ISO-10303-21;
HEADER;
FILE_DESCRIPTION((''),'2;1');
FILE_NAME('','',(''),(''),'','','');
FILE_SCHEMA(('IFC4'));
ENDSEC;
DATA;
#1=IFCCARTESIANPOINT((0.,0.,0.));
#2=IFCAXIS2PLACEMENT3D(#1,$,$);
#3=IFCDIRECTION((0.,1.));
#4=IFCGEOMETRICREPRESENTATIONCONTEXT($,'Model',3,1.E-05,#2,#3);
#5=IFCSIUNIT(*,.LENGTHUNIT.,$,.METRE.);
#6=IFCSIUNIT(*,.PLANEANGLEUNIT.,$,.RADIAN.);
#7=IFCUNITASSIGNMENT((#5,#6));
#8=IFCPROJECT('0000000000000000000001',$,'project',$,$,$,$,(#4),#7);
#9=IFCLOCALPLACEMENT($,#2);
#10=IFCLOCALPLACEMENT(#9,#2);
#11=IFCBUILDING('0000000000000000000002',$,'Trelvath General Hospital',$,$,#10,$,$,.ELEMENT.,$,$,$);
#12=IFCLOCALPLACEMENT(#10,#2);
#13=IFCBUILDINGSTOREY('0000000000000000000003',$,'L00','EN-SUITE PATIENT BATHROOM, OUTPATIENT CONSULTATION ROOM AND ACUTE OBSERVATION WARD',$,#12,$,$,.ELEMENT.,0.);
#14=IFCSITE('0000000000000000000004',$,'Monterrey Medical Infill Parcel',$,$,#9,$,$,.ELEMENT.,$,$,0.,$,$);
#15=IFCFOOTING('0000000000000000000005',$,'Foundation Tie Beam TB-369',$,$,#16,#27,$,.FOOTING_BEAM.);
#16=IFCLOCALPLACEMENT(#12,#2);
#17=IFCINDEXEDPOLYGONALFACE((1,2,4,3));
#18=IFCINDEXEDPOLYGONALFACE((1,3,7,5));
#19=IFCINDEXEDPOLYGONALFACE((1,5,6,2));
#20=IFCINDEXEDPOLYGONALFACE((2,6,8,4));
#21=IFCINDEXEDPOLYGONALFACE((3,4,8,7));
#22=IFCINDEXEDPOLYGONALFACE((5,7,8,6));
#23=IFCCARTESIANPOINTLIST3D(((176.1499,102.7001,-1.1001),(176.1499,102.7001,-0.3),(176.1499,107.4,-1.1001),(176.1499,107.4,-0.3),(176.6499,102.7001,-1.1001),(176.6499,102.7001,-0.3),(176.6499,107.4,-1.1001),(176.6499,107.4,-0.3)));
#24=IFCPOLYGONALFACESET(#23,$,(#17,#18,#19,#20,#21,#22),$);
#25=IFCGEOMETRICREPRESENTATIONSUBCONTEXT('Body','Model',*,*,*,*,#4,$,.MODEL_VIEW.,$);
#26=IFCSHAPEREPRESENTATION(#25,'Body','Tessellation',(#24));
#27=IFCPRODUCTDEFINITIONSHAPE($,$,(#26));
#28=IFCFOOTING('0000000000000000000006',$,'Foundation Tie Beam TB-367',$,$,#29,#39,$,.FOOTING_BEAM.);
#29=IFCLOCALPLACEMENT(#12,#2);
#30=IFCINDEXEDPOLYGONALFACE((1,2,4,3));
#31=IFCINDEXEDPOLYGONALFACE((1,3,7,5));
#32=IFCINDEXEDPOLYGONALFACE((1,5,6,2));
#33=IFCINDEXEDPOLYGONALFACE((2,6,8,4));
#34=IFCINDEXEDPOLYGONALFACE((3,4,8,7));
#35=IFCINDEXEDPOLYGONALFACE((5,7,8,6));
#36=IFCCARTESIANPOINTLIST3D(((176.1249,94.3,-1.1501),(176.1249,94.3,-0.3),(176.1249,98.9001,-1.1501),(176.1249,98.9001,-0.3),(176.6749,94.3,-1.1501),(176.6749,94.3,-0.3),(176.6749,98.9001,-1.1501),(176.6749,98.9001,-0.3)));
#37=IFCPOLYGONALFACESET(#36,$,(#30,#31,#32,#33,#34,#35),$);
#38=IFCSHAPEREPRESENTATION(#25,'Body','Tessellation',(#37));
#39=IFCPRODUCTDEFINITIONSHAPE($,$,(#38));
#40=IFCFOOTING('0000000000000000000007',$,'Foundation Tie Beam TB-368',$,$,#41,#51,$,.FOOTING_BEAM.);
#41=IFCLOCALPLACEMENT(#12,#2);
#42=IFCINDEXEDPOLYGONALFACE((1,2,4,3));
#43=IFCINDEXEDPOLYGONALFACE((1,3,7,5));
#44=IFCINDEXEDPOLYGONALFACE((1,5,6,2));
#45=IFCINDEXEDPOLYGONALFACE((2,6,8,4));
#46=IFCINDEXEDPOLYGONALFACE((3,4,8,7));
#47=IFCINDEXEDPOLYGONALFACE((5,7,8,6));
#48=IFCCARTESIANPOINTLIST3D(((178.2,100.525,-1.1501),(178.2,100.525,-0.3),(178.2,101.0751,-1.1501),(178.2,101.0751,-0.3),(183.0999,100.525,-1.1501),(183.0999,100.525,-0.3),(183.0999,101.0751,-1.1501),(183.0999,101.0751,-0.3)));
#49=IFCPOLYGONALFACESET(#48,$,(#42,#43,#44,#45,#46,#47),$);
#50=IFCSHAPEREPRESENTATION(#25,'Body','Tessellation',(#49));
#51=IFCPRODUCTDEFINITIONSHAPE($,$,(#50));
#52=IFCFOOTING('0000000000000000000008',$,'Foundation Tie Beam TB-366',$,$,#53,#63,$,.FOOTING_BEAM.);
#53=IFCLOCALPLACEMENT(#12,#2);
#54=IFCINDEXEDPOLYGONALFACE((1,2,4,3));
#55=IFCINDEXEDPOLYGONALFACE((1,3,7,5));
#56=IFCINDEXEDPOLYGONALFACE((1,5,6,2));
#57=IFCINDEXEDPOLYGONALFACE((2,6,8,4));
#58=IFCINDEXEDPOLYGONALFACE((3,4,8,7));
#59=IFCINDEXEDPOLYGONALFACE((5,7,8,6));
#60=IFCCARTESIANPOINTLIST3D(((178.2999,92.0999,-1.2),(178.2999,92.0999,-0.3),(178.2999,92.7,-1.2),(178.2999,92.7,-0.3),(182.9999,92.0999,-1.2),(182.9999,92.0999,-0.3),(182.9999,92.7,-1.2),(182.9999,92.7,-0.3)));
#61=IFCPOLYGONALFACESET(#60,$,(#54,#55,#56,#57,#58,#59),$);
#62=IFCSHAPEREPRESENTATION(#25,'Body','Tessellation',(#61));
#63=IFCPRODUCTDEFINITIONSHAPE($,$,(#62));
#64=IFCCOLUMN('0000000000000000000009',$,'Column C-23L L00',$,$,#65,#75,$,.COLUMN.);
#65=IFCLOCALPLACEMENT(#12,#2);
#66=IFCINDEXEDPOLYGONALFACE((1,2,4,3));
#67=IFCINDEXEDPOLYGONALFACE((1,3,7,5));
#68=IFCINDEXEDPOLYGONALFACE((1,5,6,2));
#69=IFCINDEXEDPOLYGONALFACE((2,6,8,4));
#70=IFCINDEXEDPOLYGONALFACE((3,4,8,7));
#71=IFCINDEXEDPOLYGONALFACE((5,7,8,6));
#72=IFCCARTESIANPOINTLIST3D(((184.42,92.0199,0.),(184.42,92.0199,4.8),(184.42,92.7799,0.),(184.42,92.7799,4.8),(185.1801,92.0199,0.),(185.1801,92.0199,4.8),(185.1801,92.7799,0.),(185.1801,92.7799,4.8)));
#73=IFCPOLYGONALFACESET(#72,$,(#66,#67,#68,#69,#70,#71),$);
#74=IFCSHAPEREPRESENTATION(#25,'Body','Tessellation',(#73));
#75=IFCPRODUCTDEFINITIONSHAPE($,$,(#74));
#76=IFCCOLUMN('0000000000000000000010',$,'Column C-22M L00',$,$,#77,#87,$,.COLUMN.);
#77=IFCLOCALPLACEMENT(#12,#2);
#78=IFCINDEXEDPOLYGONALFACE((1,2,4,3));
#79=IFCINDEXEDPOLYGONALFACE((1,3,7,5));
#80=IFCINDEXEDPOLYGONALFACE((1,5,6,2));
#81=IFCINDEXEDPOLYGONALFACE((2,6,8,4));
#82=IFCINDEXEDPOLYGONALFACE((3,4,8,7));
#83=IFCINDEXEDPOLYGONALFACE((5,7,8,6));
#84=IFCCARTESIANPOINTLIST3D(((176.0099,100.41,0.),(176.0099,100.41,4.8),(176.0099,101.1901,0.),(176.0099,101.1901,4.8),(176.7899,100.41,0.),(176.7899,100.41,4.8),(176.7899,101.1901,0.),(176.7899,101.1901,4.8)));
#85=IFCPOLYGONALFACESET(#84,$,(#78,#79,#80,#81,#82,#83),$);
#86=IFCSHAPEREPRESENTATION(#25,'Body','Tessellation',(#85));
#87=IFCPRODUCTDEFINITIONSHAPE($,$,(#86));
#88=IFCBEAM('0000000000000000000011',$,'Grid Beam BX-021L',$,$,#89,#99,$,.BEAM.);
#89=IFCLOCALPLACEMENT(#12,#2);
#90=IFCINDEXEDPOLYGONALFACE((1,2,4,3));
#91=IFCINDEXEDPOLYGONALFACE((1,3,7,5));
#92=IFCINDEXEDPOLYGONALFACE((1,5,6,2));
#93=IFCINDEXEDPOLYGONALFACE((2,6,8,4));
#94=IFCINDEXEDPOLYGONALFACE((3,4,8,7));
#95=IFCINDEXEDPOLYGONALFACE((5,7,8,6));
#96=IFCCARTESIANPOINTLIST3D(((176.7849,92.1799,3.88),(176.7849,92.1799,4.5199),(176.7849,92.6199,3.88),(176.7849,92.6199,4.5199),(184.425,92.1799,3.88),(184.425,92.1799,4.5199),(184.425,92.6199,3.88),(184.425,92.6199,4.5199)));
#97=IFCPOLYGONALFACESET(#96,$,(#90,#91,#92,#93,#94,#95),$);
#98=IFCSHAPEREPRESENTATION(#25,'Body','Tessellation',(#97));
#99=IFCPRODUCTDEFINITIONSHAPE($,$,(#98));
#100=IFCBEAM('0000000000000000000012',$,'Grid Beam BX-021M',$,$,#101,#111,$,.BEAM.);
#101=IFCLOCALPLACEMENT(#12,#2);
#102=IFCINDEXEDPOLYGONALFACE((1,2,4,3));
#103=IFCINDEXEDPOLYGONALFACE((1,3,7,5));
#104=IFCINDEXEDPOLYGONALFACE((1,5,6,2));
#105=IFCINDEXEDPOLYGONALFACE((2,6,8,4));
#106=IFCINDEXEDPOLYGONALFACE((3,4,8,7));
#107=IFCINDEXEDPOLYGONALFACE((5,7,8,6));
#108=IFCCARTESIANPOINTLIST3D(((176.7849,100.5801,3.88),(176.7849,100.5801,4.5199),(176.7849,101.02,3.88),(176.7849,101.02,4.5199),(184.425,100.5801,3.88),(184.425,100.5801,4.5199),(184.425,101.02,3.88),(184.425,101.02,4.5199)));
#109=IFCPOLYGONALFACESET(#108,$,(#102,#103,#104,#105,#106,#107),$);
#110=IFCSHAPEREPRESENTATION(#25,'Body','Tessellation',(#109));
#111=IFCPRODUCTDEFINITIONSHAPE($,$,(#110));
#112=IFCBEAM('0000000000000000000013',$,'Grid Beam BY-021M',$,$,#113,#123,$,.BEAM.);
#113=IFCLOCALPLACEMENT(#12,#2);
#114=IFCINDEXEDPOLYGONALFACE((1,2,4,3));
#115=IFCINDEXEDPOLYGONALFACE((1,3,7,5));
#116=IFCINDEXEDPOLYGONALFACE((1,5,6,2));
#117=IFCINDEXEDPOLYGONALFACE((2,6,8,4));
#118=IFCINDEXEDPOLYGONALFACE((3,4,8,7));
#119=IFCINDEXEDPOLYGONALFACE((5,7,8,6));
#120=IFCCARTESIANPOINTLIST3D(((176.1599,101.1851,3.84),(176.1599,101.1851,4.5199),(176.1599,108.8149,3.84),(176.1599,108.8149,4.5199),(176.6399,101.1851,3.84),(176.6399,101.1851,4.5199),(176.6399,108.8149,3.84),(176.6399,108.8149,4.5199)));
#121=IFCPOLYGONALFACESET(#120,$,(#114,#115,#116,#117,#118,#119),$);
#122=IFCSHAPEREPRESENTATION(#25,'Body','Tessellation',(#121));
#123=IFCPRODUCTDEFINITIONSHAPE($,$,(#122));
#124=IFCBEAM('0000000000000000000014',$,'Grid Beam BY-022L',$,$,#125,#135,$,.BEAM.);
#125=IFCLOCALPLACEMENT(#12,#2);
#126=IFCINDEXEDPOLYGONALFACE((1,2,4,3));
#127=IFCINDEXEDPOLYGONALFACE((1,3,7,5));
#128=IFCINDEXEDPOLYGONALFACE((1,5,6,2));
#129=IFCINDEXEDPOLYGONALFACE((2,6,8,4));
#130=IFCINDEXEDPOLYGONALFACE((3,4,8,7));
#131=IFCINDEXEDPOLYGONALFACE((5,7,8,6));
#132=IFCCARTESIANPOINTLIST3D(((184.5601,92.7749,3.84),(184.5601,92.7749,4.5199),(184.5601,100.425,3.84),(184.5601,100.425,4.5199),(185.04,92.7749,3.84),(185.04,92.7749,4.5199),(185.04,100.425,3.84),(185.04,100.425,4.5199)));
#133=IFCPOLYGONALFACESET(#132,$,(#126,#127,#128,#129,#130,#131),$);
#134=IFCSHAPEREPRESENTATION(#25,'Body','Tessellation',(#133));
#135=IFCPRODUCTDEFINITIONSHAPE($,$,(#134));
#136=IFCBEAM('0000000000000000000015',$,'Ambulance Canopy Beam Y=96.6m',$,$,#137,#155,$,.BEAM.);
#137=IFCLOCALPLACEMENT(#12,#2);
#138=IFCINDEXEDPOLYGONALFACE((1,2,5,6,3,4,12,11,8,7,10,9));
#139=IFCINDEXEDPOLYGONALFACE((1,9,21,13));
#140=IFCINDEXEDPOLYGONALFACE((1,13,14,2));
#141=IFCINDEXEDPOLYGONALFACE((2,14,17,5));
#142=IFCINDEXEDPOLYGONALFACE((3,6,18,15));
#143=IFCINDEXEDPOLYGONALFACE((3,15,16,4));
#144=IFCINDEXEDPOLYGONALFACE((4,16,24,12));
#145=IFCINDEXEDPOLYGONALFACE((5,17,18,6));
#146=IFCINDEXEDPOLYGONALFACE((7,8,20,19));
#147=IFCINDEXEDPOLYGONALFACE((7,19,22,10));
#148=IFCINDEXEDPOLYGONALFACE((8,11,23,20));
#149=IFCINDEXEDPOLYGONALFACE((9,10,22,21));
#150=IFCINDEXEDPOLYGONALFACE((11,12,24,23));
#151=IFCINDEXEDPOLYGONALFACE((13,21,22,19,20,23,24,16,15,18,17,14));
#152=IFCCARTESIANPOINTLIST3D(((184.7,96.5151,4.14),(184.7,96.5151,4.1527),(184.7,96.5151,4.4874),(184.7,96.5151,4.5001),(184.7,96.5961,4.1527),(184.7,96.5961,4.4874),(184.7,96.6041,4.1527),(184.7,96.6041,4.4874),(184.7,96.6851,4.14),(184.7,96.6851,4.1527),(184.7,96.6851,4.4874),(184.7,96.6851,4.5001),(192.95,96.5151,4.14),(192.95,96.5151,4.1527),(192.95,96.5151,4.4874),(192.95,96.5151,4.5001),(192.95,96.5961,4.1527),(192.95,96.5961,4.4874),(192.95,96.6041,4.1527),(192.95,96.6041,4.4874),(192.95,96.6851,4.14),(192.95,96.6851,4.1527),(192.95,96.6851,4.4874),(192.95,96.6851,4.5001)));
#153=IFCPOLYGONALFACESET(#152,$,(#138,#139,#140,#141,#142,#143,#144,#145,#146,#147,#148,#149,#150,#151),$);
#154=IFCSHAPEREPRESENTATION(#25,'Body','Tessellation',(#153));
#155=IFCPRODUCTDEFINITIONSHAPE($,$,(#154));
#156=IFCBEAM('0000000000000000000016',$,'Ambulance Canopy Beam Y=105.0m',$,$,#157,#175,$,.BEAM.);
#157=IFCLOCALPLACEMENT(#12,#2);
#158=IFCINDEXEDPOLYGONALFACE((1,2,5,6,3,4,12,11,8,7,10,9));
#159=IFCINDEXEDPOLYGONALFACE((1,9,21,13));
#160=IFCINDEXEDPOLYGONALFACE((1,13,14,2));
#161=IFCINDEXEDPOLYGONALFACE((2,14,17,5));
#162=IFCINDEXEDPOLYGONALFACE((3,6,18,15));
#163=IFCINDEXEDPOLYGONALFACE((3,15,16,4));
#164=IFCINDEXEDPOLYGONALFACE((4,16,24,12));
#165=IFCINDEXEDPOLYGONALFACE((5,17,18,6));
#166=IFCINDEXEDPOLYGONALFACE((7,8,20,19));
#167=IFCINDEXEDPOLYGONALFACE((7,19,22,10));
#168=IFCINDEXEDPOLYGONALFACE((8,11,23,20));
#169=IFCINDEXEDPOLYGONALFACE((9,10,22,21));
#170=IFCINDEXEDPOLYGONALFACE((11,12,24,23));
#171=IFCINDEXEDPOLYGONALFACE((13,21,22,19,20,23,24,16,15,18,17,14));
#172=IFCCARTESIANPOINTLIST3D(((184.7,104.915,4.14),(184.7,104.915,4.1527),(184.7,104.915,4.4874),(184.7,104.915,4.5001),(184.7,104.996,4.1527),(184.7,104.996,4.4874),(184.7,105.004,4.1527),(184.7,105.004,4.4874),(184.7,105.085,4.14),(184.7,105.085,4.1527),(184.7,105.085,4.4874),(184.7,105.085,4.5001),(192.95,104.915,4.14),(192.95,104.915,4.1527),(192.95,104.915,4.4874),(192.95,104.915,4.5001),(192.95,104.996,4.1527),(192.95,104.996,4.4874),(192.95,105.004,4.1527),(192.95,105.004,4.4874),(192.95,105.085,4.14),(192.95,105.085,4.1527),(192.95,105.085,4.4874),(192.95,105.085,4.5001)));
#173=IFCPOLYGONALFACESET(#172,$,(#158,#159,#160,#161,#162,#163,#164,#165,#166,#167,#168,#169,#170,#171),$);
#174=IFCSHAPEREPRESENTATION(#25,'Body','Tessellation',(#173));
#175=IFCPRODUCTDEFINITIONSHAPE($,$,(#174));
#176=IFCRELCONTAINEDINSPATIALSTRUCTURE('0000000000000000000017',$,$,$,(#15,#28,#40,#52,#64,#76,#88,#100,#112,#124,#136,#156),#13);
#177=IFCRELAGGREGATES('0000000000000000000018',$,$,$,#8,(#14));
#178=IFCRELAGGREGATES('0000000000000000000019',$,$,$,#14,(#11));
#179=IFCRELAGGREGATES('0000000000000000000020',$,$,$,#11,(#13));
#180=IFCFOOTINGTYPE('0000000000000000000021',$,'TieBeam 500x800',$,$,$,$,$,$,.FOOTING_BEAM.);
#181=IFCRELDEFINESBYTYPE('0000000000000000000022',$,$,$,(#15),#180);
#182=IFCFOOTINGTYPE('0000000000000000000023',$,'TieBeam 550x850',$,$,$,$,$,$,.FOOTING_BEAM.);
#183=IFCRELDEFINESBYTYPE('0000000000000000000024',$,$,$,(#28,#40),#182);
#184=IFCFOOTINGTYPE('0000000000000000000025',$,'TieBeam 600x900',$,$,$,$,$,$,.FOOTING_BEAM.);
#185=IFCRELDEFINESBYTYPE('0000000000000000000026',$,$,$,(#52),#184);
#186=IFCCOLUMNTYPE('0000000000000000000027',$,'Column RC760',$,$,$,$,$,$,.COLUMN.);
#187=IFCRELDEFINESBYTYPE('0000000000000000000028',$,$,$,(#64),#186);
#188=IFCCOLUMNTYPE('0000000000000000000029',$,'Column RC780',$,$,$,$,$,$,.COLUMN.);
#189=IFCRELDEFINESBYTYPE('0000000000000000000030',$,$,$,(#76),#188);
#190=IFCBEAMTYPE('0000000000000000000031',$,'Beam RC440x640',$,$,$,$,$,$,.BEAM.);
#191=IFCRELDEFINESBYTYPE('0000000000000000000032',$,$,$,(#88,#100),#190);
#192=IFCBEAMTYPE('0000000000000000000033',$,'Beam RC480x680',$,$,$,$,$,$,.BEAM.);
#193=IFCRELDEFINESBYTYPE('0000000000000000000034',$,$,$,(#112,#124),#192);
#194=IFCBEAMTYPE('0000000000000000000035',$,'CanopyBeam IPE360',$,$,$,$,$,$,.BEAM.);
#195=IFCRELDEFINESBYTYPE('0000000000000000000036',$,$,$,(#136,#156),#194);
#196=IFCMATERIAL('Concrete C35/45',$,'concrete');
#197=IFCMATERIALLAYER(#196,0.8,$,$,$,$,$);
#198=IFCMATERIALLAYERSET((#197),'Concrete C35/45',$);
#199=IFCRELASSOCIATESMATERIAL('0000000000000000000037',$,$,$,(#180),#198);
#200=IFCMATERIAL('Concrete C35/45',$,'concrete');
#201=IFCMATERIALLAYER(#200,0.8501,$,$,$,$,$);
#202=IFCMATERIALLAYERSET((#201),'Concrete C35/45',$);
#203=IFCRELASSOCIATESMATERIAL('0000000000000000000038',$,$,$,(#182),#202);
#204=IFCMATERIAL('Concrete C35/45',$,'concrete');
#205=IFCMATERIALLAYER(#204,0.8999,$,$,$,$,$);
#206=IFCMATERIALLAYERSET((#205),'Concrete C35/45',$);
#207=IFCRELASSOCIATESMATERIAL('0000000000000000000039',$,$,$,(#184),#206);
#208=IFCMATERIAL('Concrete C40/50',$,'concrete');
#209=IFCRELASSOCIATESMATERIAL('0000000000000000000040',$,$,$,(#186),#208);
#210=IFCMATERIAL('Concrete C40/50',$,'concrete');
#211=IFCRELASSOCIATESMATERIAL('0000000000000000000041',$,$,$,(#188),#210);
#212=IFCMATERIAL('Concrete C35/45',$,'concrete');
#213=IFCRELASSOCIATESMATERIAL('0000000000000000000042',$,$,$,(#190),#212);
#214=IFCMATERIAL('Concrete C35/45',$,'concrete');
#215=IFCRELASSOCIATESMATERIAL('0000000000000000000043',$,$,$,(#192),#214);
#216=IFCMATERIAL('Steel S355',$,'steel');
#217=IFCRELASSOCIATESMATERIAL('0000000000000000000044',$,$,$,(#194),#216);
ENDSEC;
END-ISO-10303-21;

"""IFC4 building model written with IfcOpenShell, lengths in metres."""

from ifc_helpers import new_model, si_unit, direction, frame, origin, origin_2d, place, context, subcontext, project, spatial, rectangle, i_section, extrude, material, layer, layer_set, material_profile, profile_set, type_object, element, save


model = new_model("IFC4")

# Units and contexts
model_context = context("Model", 3, precision=1e-05, world=origin(), true_north=direction((0.0, 1.0)))
body_context = subcontext(model_context, "Body", "Model", "MODEL_VIEW")
ifc_project = project(units=[si_unit("LENGTHUNIT", "METRE"), si_unit("PLANEANGLEUNIT", "RADIAN")], contexts=[model_context])

# Site, building, storey
site_placement = place(None, origin())
site = spatial("IfcSite", under=ifc_project, at=site_placement, Name="Monterrey Medical Infill Parcel", CompositionType="ELEMENT", RefElevation=0.0)
building_placement = place(site_placement, origin())
building = spatial("IfcBuilding", under=site, at=building_placement, Name="Trelvath General Hospital", CompositionType="ELEMENT")
storey_placement = place(building_placement, origin())
storey = spatial("IfcBuildingStorey", under=building, at=storey_placement, Name="L00", Description="EN-SUITE PATIENT BATHROOM, OUTPATIENT CONSULTATION ROOM AND ACUTE OBSERVATION WARD", CompositionType="ELEMENT", Elevation=0.0)

# Footings
ifc_material_1 = material(Name="Concrete C35/45", Category="concrete")
ifc_layer_1 = layer(ifc_material_1, 0.8)
ifc_layer_set_1 = layer_set([ifc_layer_1], Name="Concrete C35/45")
footing_type_1 = type_object("IfcFootingType", Name="TieBeam 500x800", PredefinedType="FOOTING_BEAM", material=ifc_layer_set_1)
footing_1_placement = place(storey_placement, frame((176.3999, 105.05, -1.1001), z_axis=(0.0, 0.0, 1.0), x_axis=(1.0, 0.0, 0.0)))
element("IfcFooting", 1, at=footing_1_placement, inside=storey, type_object=footing_type_1, Name="Foundation Tie Beam TB-369", PredefinedType="FOOTING_BEAM", context=body_context, shape_type="SweptSolid", body=[
    extrude(rectangle(XDim=0.5, YDim=4.7, at=origin_2d()), origin(), (0.0, 0.0, 1.0), 0.8),
])
ifc_material_2 = material(Name="Concrete C35/45", Category="concrete")
ifc_layer_2 = layer(ifc_material_2, 0.8501)
ifc_layer_set_2 = layer_set([ifc_layer_2], Name="Concrete C35/45")
footing_type_2 = type_object("IfcFootingType", Name="TieBeam 550x850", PredefinedType="FOOTING_BEAM", material=ifc_layer_set_2)
footing_2_placement = place(storey_placement, frame((176.3999, 96.6001, -1.1501), z_axis=(0.0, 0.0, 1.0), x_axis=(1.0, 0.0, 0.0)))
element("IfcFooting", 2, at=footing_2_placement, inside=storey, type_object=footing_type_2, Name="Foundation Tie Beam TB-367", PredefinedType="FOOTING_BEAM", context=body_context, shape_type="SweptSolid", body=[
    extrude(rectangle(XDim=0.55, YDim=4.6001, at=origin_2d()), origin(), (0.0, 0.0, 1.0), 0.8501),
])
footing_3_placement = place(storey_placement, frame((180.6499, 100.8, -1.1501), z_axis=(0.0, 0.0, 1.0), x_axis=(1.0, 0.0, 0.0)))
element("IfcFooting", 3, at=footing_3_placement, inside=storey, type_object=footing_type_2, Name="Foundation Tie Beam TB-368", PredefinedType="FOOTING_BEAM", context=body_context, shape_type="SweptSolid", body=[
    extrude(rectangle(XDim=4.8999, YDim=0.55, at=origin_2d()), origin(), (0.0, 0.0, 1.0), 0.8501),
])
ifc_material_3 = material(Name="Concrete C35/45", Category="concrete")
ifc_layer_3 = layer(ifc_material_3, 0.8999)
ifc_layer_set_3 = layer_set([ifc_layer_3], Name="Concrete C35/45")
footing_type_3 = type_object("IfcFootingType", Name="TieBeam 600x900", PredefinedType="FOOTING_BEAM", material=ifc_layer_set_3)
footing_4_placement = place(storey_placement, frame((180.6499, 92.3999, -1.2), z_axis=(0.0, 0.0, 1.0), x_axis=(1.0, 0.0, 0.0)))
element("IfcFooting", 4, at=footing_4_placement, inside=storey, type_object=footing_type_3, Name="Foundation Tie Beam TB-366", PredefinedType="FOOTING_BEAM", context=body_context, shape_type="SweptSolid", body=[
    extrude(rectangle(XDim=4.7, YDim=0.6001, at=origin_2d()), origin(), (0.0, 0.0, 1.0), 0.8999),
])

# Columns
ifc_material_4 = material(Name="Concrete C40/50", Category="concrete")
ifc_material_profile_1 = material_profile(ifc_material_4, rectangle(XDim=0.76, YDim=0.76, at=origin_2d()), Name="RC760x760")
ifc_profile_set_1 = profile_set([ifc_material_profile_1], Name="Concrete C40/50")
column_type_1 = type_object("IfcColumnType", Name="Column RC760", PredefinedType="COLUMN", material=ifc_profile_set_1)
column_1_placement = place(storey_placement, frame((184.8, 92.3999, 0.0), z_axis=(0.0, 0.0, 1.0), x_axis=(1.0, 0.0, 0.0)))
element("IfcColumn", 5, at=column_1_placement, inside=storey, type_object=column_type_1, Name="Column C-23L L00", PredefinedType="COLUMN", context=body_context, shape_type="SweptSolid", body=[
    extrude(rectangle(XDim=0.76, YDim=0.76, at=origin_2d()), origin(), (0.0, 0.0, 1.0), 4.8),
])
ifc_material_5 = material(Name="Concrete C40/50", Category="concrete")
ifc_material_profile_2 = material_profile(ifc_material_5, rectangle(XDim=0.78, YDim=0.78, at=origin_2d()), Name="RC780x780")
ifc_profile_set_2 = profile_set([ifc_material_profile_2], Name="Concrete C40/50")
column_type_2 = type_object("IfcColumnType", Name="Column RC780", PredefinedType="COLUMN", material=ifc_profile_set_2)
column_2_placement = place(storey_placement, frame((176.3999, 100.8, 0.0), z_axis=(0.0, 0.0, 1.0), x_axis=(1.0, 0.0, 0.0)))
element("IfcColumn", 6, at=column_2_placement, inside=storey, type_object=column_type_2, Name="Column C-22M L00", PredefinedType="COLUMN", context=body_context, shape_type="SweptSolid", body=[
    extrude(rectangle(XDim=0.78, YDim=0.78, at=origin_2d()), origin(), (0.0, 0.0, 1.0), 4.8),
])

# Beams
ifc_material_6 = material(Name="Concrete C35/45", Category="concrete")
ifc_material_profile_3 = material_profile(ifc_material_6, rectangle(XDim=0.4399, YDim=0.6399, at=origin_2d()), Name="RCB440x640")
ifc_profile_set_3 = profile_set([ifc_material_profile_3], Name="Concrete C35/45")
beam_type_1 = type_object("IfcBeamType", Name="Beam RC440x640", PredefinedType="BEAM", material=ifc_profile_set_3)
for number, where, z_axis, x_axis, name in (
    (7, (176.7849, 92.3999, 4.2), (1.0, 0.0, 0.0), (0.0, 1.0, 0.0), "Grid Beam BX-021L"),
    (8, (176.7849, 100.8, 4.2), (1.0, 0.0, 0.0), (0.0, 1.0, 0.0), "Grid Beam BX-021M"),
):
    element("IfcBeam", number, at=place(storey_placement, frame(where, z_axis=z_axis, x_axis=x_axis)), inside=storey, type_object=beam_type_1, Name=name, PredefinedType="BEAM", context=body_context, shape_type="SweptSolid", body=[
        extrude(rectangle(XDim=0.4399, YDim=0.6399, at=origin_2d()), origin(), (0.0, 0.0, 1.0), 7.6401),
    ])
ifc_material_7 = material(Name="Concrete C35/45", Category="concrete")
ifc_material_profile_4 = material_profile(ifc_material_7, rectangle(XDim=0.48, YDim=0.6799, at=origin_2d()), Name="RCB480x680")
ifc_profile_set_4 = profile_set([ifc_material_profile_4], Name="Concrete C35/45")
beam_type_2 = type_object("IfcBeamType", Name="Beam RC480x680", PredefinedType="BEAM", material=ifc_profile_set_4)
beam_1_placement = place(storey_placement, frame((176.3999, 101.1851, 4.1799), z_axis=(0.0, 1.0, 0.0), x_axis=(-1.0, 0.0, 0.0)))
element("IfcBeam", 9, at=beam_1_placement, inside=storey, type_object=beam_type_2, Name="Grid Beam BY-021M", PredefinedType="BEAM", context=body_context, shape_type="SweptSolid", body=[
    extrude(rectangle(XDim=0.48, YDim=0.6799, at=origin_2d()), origin(), (0.0, 0.0, 1.0), 7.6299),
])
beam_2_placement = place(storey_placement, frame((184.8, 92.7749, 4.1799), z_axis=(0.0, 1.0, 0.0), x_axis=(-1.0, 0.0, 0.0)))
element("IfcBeam", 10, at=beam_2_placement, inside=storey, type_object=beam_type_2, Name="Grid Beam BY-022L", PredefinedType="BEAM", context=body_context, shape_type="SweptSolid", body=[
    extrude(rectangle(XDim=0.48, YDim=0.6799, at=origin_2d()), origin(), (0.0, 0.0, 1.0), 7.6501),
])
ifc_material_8 = material(Name="Steel S355", Category="steel")
ifc_material_profile_5 = material_profile(ifc_material_8, i_section(OverallWidth=0.1699, OverallDepth=0.3601, WebThickness=0.0081, FlangeThickness=0.0127, at=origin_2d()), Name="IPE360")
ifc_profile_set_5 = profile_set([ifc_material_profile_5], Name="Steel S355")
beam_type_3 = type_object("IfcBeamType", Name="CanopyBeam IPE360", PredefinedType="BEAM", material=ifc_profile_set_5)
for number, where, z_axis, x_axis, name in (
    (11, (184.7, 96.6001, 4.3201), (1.0, 0.0, 0.0), (0.0, 1.0, 0.0), "Ambulance Canopy Beam Y=96.6m"),
    (12, (184.7, 105.0, 4.3201), (1.0, 0.0, 0.0), (0.0, 1.0, 0.0), "Ambulance Canopy Beam Y=105.0m"),
):
    element("IfcBeam", number, at=place(storey_placement, frame(where, z_axis=z_axis, x_axis=x_axis)), inside=storey, type_object=beam_type_3, Name=name, PredefinedType="BEAM", context=body_context, shape_type="SweptSolid", body=[
        extrude(i_section(OverallWidth=0.1699, OverallDepth=0.3601, WebThickness=0.0081, FlangeThickness=0.0127, at=origin_2d()), origin(), (0.0, 0.0, 1.0), 8.25),
    ])

save(model, "model.ifc")
